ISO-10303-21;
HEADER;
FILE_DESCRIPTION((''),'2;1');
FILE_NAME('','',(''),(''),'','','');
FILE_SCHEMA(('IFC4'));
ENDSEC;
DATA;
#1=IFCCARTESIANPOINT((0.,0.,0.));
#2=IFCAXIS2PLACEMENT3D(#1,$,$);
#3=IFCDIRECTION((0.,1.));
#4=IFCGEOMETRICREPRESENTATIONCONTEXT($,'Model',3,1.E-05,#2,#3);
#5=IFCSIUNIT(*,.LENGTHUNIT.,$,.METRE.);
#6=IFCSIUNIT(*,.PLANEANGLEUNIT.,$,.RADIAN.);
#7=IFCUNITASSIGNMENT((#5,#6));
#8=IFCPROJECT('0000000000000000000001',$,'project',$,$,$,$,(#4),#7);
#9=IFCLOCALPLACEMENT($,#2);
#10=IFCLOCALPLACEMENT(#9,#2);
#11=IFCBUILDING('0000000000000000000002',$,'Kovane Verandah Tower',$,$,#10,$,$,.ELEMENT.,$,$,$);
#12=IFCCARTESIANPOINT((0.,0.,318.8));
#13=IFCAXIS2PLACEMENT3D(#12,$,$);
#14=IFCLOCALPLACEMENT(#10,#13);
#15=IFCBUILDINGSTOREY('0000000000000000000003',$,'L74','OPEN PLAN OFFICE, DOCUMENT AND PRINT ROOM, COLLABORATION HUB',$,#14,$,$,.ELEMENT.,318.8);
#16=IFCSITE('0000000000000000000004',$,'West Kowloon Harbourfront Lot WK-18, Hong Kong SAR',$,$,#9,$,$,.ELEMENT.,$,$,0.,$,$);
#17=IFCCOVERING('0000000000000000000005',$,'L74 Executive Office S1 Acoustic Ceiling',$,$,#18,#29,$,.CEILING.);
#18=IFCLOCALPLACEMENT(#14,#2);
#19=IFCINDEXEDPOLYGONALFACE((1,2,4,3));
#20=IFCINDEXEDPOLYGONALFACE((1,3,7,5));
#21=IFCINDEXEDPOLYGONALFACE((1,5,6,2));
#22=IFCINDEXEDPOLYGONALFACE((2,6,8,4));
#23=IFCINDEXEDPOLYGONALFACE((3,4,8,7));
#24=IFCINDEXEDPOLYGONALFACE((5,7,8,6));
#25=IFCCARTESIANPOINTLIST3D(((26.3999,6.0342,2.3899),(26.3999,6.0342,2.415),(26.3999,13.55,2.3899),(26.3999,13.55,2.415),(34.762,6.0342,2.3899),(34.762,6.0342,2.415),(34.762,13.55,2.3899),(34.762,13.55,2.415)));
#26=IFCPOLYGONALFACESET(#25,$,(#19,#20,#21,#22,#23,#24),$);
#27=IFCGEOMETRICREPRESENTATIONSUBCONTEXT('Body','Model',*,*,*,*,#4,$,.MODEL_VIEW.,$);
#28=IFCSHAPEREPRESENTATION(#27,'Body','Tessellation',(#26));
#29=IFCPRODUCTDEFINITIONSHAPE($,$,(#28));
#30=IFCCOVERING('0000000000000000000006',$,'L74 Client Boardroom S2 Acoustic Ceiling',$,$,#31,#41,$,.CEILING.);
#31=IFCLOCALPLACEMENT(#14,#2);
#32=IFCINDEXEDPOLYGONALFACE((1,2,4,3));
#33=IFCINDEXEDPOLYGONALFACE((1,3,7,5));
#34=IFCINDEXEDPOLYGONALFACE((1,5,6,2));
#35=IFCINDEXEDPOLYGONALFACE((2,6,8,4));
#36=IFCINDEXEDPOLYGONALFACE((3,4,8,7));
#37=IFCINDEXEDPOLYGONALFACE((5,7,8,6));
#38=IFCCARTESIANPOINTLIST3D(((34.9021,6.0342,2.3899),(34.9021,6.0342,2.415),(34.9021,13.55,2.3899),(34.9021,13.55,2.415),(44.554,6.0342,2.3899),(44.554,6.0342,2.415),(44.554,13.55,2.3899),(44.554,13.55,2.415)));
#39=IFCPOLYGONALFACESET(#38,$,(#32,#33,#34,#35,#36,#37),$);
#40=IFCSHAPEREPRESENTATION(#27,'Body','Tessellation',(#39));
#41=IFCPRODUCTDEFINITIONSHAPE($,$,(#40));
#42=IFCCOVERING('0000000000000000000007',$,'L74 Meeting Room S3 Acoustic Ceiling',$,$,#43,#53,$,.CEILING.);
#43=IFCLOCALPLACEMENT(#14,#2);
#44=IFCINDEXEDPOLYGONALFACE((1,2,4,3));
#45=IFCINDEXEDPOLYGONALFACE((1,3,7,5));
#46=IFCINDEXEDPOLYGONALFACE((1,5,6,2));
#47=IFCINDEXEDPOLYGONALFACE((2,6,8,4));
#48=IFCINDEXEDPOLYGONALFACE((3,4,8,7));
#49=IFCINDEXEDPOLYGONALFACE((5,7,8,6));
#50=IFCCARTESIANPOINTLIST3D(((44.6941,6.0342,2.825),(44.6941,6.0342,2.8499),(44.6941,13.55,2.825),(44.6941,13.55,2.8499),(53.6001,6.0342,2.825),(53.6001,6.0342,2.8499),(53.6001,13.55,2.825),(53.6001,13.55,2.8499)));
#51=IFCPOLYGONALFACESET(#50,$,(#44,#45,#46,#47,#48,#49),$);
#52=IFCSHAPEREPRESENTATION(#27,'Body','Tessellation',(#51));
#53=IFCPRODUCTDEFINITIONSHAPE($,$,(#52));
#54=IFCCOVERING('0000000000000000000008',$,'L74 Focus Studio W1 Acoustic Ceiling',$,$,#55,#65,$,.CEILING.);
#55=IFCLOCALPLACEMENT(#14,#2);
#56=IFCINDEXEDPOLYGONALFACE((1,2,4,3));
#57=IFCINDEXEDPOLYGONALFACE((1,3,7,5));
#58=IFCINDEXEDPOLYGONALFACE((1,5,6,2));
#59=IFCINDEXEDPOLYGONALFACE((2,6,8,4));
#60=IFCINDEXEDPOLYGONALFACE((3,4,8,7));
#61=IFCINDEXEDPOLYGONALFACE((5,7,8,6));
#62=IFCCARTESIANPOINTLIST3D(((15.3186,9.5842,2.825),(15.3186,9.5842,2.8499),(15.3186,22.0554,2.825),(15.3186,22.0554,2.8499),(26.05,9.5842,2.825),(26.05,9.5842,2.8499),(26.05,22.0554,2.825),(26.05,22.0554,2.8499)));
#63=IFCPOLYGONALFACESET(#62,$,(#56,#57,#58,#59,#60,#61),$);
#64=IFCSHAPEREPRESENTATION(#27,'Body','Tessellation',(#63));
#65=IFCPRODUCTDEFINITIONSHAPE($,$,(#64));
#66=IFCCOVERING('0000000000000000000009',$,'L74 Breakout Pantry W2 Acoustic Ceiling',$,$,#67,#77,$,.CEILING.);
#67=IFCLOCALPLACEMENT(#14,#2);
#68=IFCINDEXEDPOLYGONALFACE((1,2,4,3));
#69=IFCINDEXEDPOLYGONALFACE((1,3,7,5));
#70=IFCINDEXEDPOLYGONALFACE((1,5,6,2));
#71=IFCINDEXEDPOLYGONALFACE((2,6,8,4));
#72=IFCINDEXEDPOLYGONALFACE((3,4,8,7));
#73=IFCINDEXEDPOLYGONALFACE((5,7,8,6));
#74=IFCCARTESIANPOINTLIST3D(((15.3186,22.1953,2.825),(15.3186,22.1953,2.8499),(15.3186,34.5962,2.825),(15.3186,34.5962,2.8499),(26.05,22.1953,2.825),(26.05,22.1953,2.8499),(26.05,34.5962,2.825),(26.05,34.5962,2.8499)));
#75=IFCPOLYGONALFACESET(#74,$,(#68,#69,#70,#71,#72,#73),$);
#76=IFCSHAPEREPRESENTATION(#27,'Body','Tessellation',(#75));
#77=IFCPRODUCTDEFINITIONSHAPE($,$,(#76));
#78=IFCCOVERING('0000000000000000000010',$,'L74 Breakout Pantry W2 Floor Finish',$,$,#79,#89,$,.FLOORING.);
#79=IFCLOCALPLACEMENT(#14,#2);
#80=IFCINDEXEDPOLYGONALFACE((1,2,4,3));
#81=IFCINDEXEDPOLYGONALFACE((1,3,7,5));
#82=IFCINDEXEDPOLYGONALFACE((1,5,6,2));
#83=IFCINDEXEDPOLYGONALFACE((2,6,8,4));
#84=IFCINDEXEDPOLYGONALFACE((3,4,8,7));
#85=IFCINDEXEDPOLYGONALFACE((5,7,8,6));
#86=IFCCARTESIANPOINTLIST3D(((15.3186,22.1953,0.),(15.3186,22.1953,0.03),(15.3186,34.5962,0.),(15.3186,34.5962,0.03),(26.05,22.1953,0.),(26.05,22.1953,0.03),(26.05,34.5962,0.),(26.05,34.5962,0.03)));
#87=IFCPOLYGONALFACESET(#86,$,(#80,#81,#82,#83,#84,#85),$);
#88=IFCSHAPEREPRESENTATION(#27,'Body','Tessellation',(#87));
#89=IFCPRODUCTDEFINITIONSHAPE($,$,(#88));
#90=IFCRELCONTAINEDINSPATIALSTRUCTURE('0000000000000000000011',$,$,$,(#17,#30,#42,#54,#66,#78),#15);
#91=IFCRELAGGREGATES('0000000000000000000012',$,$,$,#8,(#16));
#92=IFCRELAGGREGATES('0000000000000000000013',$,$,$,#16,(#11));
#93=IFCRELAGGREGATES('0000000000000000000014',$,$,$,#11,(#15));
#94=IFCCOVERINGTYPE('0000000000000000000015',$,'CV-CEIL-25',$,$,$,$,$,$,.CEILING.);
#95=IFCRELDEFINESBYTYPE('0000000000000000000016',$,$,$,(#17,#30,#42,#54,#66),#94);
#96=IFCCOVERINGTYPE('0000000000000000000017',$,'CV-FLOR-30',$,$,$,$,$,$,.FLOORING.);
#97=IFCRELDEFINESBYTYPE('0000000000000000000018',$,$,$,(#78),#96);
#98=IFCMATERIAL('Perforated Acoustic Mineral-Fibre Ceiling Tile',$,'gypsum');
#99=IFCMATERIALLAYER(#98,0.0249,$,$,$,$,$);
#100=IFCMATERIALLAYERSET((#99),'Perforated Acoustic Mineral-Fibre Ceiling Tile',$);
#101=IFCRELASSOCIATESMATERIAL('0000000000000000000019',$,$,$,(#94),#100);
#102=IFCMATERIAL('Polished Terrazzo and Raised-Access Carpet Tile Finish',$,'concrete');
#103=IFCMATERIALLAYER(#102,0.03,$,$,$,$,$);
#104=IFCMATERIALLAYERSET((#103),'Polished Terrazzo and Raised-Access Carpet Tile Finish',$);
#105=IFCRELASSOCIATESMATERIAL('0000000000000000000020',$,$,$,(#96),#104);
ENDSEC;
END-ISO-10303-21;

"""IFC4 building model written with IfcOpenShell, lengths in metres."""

from ifc_helpers import new_model, si_unit, direction, frame, origin, place, context, subcontext, project, spatial, polyline, outline, extrude, material, layer, layer_set, type_object, element, save


model = new_model("IFC4")

# Units and contexts
model_context = context("Model", 3, precision=1e-05, world=origin(), true_north=direction((0.0, 1.0)))
body_context = subcontext(model_context, "Body", "Model", "MODEL_VIEW")
ifc_project = project(units=[si_unit("LENGTHUNIT", "METRE"), si_unit("PLANEANGLEUNIT", "RADIAN")], contexts=[model_context])

# Site, building, storey
site_placement = place(None, origin())
site = spatial("IfcSite", under=ifc_project, at=site_placement, Name="West Kowloon Harbourfront Lot WK-18, Hong Kong SAR", CompositionType="ELEMENT", RefElevation=0.0)
building_placement = place(site_placement, origin())
building = spatial("IfcBuilding", under=site, at=building_placement, Name="Kovane Verandah Tower", CompositionType="ELEMENT")
storey_placement = place(building_placement, frame((0.0, 0.0, 318.8)))
storey = spatial("IfcBuildingStorey", under=building, at=storey_placement, Name="L74", Description="OPEN PLAN OFFICE, DOCUMENT AND PRINT ROOM, COLLABORATION HUB", CompositionType="ELEMENT", Elevation=318.8)

# Coverings
ifc_material_1 = material(Name="Perforated Acoustic Mineral-Fibre Ceiling Tile", Category="gypsum")
ifc_layer_1 = layer(ifc_material_1, 0.0249)
ifc_layer_set_1 = layer_set([ifc_layer_1], Name="Perforated Acoustic Mineral-Fibre Ceiling Tile")
covering_type_1 = type_object("IfcCoveringType", Name="CV-CEIL-25", PredefinedType="CEILING", material=ifc_layer_set_1)
covering_1_placement = place(storey_placement, frame((0.0, 0.0, 2.3899)))
element("IfcCovering", 1, at=covering_1_placement, inside=storey, type_object=covering_type_1, Name="L74 Executive Office S1 Acoustic Ceiling", PredefinedType="CEILING", context=body_context, shape_type="SweptSolid", body=[
    extrude(outline(polyline([(26.3999, 6.0342), (34.762, 6.0342), (34.762, 13.55), (26.3999, 13.55), (26.3999, 6.0342)])), origin(), (0.0, 0.0, 1.0), 0.0251),
])
covering_2_placement = place(storey_placement, frame((0.0, 0.0, 2.3899)))
element("IfcCovering", 2, at=covering_2_placement, inside=storey, type_object=covering_type_1, Name="L74 Client Boardroom S2 Acoustic Ceiling", PredefinedType="CEILING", context=body_context, shape_type="SweptSolid", body=[
    extrude(outline(polyline([(34.9021, 6.0342), (44.554, 6.0342), (44.554, 13.55), (34.9021, 13.55), (34.9021, 6.0342)])), origin(), (0.0, 0.0, 1.0), 0.0251),
])
covering_3_placement = place(storey_placement, frame((0.0, 0.0, 2.825)))
element("IfcCovering", 3, at=covering_3_placement, inside=storey, type_object=covering_type_1, Name="L74 Meeting Room S3 Acoustic Ceiling", PredefinedType="CEILING", context=body_context, shape_type="SweptSolid", body=[
    extrude(outline(polyline([(44.6941, 6.0342), (53.6001, 6.0342), (53.6001, 13.55), (44.6941, 13.55), (44.6941, 6.0342)])), origin(), (0.0, 0.0, 1.0), 0.0249),
])
covering_4_placement = place(storey_placement, frame((0.0, 0.0, 2.825)))
element("IfcCovering", 4, at=covering_4_placement, inside=storey, type_object=covering_type_1, Name="L74 Focus Studio W1 Acoustic Ceiling", PredefinedType="CEILING", context=body_context, shape_type="SweptSolid", body=[
    extrude(outline(polyline([(15.3186, 9.5842), (26.05, 9.5842), (26.05, 22.0554), (15.3186, 22.0554), (15.3186, 9.5842)])), origin(), (0.0, 0.0, 1.0), 0.0249),
])
covering_5_placement = place(storey_placement, frame((0.0, 0.0, 2.825)))
element("IfcCovering", 5, at=covering_5_placement, inside=storey, type_object=covering_type_1, Name="L74 Breakout Pantry W2 Acoustic Ceiling", PredefinedType="CEILING", context=body_context, shape_type="SweptSolid", body=[
    extrude(outline(polyline([(15.3186, 22.1953), (26.05, 22.1953), (26.05, 34.5962), (15.3186, 34.5962), (15.3186, 22.1953)])), origin(), (0.0, 0.0, 1.0), 0.0249),
])
ifc_material_2 = material(Name="Polished Terrazzo and Raised-Access Carpet Tile Finish", Category="concrete")
ifc_layer_2 = layer(ifc_material_2, 0.03)
ifc_layer_set_2 = layer_set([ifc_layer_2], Name="Polished Terrazzo and Raised-Access Carpet Tile Finish")
covering_type_2 = type_object("IfcCoveringType", Name="CV-FLOR-30", PredefinedType="FLOORING", material=ifc_layer_set_2)
covering_6_placement = place(storey_placement, origin())
element("IfcCovering", 6, at=covering_6_placement, inside=storey, type_object=covering_type_2, Name="L74 Breakout Pantry W2 Floor Finish", PredefinedType="FLOORING", context=body_context, shape_type="SweptSolid", body=[
    extrude(outline(polyline([(15.3186, 22.1953), (26.05, 22.1953), (26.05, 34.5962), (15.3186, 34.5962), (15.3186, 22.1953)])), origin(), (0.0, 0.0, 1.0), 0.03),
])

save(model, "model.ifc")
